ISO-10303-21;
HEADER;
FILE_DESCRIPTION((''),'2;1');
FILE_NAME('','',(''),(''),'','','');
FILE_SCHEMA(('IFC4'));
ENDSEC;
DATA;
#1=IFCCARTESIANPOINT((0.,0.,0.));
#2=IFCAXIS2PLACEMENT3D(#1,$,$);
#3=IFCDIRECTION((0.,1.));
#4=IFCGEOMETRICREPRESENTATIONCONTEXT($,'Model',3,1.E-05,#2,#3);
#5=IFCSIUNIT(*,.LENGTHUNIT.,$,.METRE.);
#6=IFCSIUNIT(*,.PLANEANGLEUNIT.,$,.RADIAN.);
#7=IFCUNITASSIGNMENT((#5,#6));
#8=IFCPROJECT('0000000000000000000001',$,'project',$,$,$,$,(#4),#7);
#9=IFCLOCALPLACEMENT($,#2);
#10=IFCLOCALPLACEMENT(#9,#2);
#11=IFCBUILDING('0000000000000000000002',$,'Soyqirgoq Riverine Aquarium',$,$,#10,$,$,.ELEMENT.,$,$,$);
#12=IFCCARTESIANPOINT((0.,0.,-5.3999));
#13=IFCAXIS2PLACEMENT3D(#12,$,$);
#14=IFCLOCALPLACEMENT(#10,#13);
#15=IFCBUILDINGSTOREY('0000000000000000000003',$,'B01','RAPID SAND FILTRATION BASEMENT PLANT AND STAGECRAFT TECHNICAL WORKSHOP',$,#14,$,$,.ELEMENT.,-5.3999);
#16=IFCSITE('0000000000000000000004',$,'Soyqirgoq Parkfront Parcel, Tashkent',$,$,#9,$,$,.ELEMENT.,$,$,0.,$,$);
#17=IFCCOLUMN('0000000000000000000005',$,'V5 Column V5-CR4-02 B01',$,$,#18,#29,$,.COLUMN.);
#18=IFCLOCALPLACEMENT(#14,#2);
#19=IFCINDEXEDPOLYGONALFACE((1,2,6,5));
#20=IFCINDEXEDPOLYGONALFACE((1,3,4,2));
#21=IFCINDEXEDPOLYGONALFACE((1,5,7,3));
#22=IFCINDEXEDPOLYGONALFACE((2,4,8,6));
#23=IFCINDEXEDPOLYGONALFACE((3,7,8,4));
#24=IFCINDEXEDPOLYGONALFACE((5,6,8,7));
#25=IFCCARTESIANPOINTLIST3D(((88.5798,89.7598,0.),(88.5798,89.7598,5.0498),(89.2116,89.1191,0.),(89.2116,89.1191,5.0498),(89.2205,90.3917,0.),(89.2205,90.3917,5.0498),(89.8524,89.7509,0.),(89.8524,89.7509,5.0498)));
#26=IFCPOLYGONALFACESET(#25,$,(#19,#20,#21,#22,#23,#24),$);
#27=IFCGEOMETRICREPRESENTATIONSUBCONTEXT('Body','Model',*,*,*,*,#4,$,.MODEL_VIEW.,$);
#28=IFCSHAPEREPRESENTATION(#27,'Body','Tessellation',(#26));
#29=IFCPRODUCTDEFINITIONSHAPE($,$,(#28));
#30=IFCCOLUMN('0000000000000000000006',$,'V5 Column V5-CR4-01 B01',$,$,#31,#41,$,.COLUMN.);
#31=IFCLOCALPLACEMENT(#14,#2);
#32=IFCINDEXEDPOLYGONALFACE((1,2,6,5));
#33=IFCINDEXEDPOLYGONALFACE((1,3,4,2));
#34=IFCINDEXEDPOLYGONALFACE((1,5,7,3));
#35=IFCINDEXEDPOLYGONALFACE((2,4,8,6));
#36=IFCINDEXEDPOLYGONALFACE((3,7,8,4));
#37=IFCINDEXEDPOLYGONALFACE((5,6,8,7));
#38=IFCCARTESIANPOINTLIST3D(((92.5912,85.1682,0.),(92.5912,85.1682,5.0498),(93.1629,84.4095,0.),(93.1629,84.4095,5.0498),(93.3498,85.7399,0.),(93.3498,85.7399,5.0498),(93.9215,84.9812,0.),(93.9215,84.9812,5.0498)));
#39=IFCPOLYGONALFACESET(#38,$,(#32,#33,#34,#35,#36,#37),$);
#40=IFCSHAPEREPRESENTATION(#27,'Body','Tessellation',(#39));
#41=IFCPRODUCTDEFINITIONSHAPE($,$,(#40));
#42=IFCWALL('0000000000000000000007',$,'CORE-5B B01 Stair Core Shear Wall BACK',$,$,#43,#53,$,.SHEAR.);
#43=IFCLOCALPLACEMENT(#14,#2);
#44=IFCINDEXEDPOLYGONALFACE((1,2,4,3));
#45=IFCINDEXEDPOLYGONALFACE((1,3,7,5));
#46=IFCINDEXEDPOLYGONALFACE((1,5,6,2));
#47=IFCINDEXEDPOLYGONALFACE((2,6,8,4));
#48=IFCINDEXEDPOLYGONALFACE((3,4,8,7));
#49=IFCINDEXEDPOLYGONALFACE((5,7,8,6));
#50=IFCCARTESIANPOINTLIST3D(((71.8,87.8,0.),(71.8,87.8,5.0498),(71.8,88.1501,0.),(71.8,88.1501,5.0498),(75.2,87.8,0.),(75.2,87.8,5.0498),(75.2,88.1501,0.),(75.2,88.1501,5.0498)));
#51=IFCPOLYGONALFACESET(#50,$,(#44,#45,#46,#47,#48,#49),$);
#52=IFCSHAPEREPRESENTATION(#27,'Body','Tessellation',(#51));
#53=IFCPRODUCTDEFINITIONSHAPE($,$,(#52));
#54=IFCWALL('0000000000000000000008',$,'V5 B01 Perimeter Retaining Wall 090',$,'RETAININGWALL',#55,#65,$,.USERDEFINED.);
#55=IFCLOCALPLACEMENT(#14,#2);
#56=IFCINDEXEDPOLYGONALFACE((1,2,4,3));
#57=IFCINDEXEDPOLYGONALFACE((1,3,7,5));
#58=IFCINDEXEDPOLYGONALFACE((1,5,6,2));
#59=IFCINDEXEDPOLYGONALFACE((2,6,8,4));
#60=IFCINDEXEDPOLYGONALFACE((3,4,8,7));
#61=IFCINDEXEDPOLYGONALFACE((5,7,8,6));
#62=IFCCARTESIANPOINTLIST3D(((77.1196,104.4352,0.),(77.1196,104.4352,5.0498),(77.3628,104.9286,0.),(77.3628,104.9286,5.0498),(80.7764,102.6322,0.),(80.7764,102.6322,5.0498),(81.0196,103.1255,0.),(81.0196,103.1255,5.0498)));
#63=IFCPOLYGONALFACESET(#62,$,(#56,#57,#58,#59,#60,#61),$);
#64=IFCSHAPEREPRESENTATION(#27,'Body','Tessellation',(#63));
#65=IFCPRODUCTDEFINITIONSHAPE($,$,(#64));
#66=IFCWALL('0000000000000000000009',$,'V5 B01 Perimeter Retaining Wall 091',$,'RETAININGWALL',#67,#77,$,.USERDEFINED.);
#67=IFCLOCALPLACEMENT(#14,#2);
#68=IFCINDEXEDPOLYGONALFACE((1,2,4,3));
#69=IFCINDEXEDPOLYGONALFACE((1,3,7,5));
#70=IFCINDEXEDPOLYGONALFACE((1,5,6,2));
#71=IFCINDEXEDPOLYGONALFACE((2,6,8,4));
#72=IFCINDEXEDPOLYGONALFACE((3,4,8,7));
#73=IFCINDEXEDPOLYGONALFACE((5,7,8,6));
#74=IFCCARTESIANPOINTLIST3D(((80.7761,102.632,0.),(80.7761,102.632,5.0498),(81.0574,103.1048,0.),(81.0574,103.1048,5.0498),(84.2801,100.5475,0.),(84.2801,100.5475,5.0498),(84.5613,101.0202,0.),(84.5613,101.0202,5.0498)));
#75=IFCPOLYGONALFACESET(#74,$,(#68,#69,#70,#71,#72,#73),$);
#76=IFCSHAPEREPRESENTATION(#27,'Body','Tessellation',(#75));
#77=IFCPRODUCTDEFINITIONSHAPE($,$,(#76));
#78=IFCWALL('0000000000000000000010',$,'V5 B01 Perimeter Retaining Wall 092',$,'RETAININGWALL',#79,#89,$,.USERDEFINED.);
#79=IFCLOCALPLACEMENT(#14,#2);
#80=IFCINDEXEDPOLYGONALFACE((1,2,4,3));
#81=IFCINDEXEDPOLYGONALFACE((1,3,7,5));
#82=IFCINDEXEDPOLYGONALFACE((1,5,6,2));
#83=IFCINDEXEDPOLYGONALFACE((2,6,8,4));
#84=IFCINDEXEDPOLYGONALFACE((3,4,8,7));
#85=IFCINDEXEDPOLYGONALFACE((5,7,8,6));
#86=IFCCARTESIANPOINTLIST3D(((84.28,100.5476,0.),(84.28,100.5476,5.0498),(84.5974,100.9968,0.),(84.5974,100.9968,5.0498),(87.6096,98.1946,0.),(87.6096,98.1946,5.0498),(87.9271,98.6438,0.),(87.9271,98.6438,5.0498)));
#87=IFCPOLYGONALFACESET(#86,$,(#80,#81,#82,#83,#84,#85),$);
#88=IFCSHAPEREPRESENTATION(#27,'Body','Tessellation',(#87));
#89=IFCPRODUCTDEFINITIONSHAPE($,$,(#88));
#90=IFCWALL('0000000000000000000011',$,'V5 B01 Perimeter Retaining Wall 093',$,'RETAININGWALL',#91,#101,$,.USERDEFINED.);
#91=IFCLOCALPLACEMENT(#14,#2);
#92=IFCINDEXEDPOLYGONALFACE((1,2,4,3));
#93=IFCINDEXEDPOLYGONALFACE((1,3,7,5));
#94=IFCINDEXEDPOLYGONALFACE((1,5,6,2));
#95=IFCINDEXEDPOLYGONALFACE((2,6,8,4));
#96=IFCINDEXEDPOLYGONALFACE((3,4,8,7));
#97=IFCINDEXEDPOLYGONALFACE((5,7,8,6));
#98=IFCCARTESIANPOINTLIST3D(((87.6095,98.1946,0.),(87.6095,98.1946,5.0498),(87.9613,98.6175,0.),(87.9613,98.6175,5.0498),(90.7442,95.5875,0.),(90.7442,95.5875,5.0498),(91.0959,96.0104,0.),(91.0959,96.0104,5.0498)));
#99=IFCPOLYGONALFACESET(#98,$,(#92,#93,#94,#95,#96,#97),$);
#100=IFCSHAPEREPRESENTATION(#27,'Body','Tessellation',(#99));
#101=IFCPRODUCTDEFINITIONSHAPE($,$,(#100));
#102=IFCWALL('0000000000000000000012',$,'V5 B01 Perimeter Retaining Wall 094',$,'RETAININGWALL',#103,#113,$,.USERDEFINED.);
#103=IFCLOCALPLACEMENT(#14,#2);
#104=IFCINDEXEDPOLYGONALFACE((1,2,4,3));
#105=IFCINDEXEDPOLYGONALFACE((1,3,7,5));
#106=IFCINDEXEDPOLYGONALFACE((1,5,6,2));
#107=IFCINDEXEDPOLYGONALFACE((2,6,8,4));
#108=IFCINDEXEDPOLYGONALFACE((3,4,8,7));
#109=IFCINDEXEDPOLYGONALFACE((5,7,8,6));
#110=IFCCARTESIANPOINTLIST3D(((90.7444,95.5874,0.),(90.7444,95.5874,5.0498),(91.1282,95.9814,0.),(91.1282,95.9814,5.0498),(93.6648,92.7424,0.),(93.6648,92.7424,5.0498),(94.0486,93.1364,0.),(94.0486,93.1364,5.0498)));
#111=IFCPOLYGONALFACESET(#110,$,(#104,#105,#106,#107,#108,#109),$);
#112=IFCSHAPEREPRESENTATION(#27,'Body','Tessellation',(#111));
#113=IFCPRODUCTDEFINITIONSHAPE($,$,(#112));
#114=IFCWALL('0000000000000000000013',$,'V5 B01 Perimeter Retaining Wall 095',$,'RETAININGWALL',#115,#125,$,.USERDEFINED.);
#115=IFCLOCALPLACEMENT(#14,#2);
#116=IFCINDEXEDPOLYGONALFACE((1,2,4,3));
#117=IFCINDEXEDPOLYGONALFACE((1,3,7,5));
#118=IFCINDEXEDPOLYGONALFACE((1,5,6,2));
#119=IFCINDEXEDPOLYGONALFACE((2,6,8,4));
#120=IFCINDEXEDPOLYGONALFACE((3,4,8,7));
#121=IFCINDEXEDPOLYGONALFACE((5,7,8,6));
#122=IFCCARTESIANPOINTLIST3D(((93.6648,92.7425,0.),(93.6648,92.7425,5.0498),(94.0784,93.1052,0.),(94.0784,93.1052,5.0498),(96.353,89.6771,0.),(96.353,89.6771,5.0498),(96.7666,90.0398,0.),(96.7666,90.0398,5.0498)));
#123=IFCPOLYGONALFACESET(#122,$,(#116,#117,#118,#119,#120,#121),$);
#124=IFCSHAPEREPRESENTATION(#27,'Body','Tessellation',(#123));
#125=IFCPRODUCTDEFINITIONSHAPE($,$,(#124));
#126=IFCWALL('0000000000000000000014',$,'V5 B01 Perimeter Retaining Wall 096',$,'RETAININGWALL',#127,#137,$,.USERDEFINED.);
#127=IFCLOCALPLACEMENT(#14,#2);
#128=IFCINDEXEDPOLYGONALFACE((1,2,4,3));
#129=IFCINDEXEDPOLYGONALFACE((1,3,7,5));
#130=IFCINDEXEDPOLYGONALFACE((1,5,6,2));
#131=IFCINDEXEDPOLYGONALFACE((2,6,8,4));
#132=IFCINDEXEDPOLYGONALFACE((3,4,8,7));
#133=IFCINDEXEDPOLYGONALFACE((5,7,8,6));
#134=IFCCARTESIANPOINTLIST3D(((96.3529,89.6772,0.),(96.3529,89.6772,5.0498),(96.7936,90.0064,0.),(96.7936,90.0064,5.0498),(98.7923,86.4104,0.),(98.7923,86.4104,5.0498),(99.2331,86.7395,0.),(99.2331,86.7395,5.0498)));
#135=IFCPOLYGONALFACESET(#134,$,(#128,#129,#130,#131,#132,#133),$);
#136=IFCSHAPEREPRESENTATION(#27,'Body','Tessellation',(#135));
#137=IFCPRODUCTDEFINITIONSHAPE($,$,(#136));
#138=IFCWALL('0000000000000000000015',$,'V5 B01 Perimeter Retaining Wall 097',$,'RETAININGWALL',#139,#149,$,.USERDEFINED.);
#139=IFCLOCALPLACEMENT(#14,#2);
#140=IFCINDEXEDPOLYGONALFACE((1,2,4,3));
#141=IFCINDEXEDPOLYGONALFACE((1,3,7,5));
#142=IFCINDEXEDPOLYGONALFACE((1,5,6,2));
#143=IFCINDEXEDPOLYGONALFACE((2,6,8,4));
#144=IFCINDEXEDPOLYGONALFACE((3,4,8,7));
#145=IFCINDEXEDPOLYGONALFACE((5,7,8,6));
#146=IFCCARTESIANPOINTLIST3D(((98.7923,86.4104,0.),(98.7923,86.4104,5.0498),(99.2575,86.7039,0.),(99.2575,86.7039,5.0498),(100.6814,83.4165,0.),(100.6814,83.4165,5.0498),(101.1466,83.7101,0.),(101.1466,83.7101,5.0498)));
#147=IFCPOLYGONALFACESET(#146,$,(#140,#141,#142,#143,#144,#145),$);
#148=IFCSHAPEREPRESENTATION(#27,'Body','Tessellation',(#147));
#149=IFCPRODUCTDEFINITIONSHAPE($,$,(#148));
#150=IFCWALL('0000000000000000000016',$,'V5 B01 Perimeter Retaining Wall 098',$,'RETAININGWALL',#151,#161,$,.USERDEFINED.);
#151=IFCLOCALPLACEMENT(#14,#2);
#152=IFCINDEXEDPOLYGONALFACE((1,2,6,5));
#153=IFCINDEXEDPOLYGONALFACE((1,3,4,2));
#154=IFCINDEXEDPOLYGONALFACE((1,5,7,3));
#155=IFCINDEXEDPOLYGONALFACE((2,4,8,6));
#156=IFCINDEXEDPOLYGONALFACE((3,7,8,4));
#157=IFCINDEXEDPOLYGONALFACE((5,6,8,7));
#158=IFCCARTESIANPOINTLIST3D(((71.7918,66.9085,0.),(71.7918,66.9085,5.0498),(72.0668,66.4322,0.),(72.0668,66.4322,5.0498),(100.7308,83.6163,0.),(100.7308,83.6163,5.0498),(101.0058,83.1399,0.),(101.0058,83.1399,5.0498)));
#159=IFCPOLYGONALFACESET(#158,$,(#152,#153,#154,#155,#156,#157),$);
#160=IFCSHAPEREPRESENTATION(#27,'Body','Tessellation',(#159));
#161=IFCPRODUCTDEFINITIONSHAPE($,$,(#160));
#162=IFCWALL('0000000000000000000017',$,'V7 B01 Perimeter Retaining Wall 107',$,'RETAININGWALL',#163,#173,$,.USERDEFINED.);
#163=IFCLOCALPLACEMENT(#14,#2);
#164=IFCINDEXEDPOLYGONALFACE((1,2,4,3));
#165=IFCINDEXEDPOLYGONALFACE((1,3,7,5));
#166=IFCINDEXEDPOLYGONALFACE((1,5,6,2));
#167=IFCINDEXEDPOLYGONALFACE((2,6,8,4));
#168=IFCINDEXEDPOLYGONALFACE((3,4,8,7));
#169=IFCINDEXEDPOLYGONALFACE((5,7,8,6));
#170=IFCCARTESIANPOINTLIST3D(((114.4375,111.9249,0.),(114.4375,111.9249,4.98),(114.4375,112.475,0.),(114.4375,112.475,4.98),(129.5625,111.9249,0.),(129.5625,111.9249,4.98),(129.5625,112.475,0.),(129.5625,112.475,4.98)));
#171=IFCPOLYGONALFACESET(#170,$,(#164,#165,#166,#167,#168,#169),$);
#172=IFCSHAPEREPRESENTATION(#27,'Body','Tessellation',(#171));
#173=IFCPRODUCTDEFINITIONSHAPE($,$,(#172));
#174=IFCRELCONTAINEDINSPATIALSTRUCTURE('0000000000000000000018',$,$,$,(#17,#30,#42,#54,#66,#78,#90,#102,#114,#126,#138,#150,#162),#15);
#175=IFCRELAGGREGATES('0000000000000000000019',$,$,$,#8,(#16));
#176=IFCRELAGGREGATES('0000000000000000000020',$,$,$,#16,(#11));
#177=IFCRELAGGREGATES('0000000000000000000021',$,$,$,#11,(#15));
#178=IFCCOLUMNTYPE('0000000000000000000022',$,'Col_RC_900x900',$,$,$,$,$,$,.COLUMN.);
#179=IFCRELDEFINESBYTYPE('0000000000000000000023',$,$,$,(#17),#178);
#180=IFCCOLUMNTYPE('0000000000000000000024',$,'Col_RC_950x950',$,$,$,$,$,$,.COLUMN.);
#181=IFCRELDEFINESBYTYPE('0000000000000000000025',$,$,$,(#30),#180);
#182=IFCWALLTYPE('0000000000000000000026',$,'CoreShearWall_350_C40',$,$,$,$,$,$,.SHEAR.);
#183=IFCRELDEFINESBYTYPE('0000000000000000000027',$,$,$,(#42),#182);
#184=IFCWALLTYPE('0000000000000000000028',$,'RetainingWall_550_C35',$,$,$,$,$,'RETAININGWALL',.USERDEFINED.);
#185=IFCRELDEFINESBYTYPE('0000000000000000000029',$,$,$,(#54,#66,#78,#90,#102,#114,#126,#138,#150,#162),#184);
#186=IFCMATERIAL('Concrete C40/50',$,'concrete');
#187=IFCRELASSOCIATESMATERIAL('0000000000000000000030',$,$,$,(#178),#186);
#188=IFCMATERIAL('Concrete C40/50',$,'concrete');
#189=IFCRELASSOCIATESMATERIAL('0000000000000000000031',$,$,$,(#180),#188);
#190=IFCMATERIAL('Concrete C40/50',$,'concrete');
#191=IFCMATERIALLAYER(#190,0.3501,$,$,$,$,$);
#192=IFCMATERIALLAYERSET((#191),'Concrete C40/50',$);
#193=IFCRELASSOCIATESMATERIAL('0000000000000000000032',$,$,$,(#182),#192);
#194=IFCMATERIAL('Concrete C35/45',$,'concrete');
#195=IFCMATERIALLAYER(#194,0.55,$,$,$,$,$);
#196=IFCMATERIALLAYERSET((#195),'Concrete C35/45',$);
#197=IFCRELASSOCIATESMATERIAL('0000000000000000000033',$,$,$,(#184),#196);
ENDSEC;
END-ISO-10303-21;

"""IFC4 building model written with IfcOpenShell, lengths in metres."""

from ifc_helpers import new_model, si_unit, direction, frame, frame_2d, origin, origin_2d, place, context, subcontext, project, spatial, rectangle, extrude, material, layer, layer_set, material_profile, profile_set, type_object, element, save


model = new_model("IFC4")

# Units and contexts
model_context = context("Model", 3, precision=1e-05, world=origin(), true_north=direction((0.0, 1.0)))
body_context = subcontext(model_context, "Body", "Model", "MODEL_VIEW")
ifc_project = project(units=[si_unit("LENGTHUNIT", "METRE"), si_unit("PLANEANGLEUNIT", "RADIAN")], contexts=[model_context])

# Site, building, storey
site_placement = place(None, origin())
site = spatial("IfcSite", under=ifc_project, at=site_placement, Name="Soyqirgoq Parkfront Parcel, Tashkent", CompositionType="ELEMENT", RefElevation=0.0)
building_placement = place(site_placement, origin())
building = spatial("IfcBuilding", under=site, at=building_placement, Name="Soyqirgoq Riverine Aquarium", CompositionType="ELEMENT")
storey_placement = place(building_placement, frame((0.0, 0.0, -5.3999)))
storey = spatial("IfcBuildingStorey", under=building, at=storey_placement, Name="B01", Description="RAPID SAND FILTRATION BASEMENT PLANT AND STAGECRAFT TECHNICAL WORKSHOP", CompositionType="ELEMENT", Elevation=-5.3999)

# Columns
ifc_material_1 = material(Name="Concrete C40/50", Category="concrete")
ifc_material_profile_1 = material_profile(ifc_material_1, rectangle(XDim=0.8999, YDim=0.8999, at=origin_2d()), Name="RC 900x900")
ifc_profile_set_1 = profile_set([ifc_material_profile_1], Name="Concrete C40/50")
column_type_1 = type_object("IfcColumnType", Name="Col_RC_900x900", PredefinedType="COLUMN", material=ifc_profile_set_1)
for number, where, z_axis, x_axis, name in (
    (1, (89.2161, 89.7554, 0.0), (0.0, 0.0, 1.0), (0.712026, 0.702153, 0.0), "V5 Column V5-CR4-02 B01"),
):
    element("IfcColumn", number, at=place(storey_placement, frame(where, z_axis=z_axis, x_axis=x_axis)), inside=storey, type_object=column_type_1, Name=name, PredefinedType="COLUMN", context=body_context, shape_type="SweptSolid", body=[
        extrude(rectangle(XDim=0.8999, YDim=0.8999, at=origin_2d()), origin(), (0.0, 0.0, 1.0), 5.0498),
    ])
ifc_material_2 = material(Name="Concrete C40/50", Category="concrete")
ifc_material_profile_2 = material_profile(ifc_material_2, rectangle(XDim=0.95, YDim=0.95, at=origin_2d()), Name="RC 950x950")
ifc_profile_set_2 = profile_set([ifc_material_profile_2], Name="Concrete C40/50")
column_type_2 = type_object("IfcColumnType", Name="Col_RC_950x950", PredefinedType="COLUMN", material=ifc_profile_set_2)
column_1_placement = place(storey_placement, frame((93.2563, 85.0747, 0.0), z_axis=(0.0, 0.0, 1.0), x_axis=(0.798636, 0.601815, 0.0)))
element("IfcColumn", 2, at=column_1_placement, inside=storey, type_object=column_type_2, Name="V5 Column V5-CR4-01 B01", PredefinedType="COLUMN", context=body_context, shape_type="SweptSolid", body=[
    extrude(rectangle(XDim=0.95, YDim=0.95, at=origin_2d()), origin(), (0.0, 0.0, 1.0), 5.0498),
])

# Walls
ifc_material_3 = material(Name="Concrete C40/50", Category="concrete")
ifc_layer_1 = layer(ifc_material_3, 0.3501)
ifc_layer_set_1 = layer_set([ifc_layer_1], Name="Concrete C40/50")
wall_type_1 = type_object("IfcWallType", Name="CoreShearWall_350_C40", PredefinedType="SHEAR", material=ifc_layer_set_1)
wall_1_placement = place(storey_placement, frame((75.2, 87.9751, 0.0), z_axis=(0.0, 0.0, 1.0), x_axis=(-1.0, 0.0, 0.0)))
element("IfcWall", 3, at=wall_1_placement, inside=storey, type_object=wall_type_1, Name="CORE-5B B01 Stair Core Shear Wall BACK", PredefinedType="SHEAR", context=body_context, shape_type="SweptSolid", body=[
    extrude(rectangle(XDim=3.3999, YDim=0.3501, at=frame_2d((1.7, 0.0))), origin(), (0.0, 0.0, 1.0), 5.0498),
])
ifc_material_4 = material(Name="Concrete C35/45", Category="concrete")
ifc_layer_2 = layer(ifc_material_4, 0.55)
ifc_layer_set_2 = layer_set([ifc_layer_2], Name="Concrete C35/45")
wall_type_2 = type_object("IfcWallType", Name="RetainingWall_550_C35", ElementType="RETAININGWALL", PredefinedType="USERDEFINED", material=ifc_layer_set_2)
for number, where, z_axis, x_axis, name in (
    (4, (77.2412, 104.6819, 0.0), (0.0, 0.0, 1.0), (0.896904, -0.442225, 0.0), "V5 B01 Perimeter Retaining Wall 090"),
    (5, (80.9167, 102.8684, 0.0), (0.0, 0.0, 1.0), (0.859421, -0.511269, 0.0), "V5 B01 Perimeter Retaining Wall 091"),
    (6, (84.4387, 100.7722, 0.0), (0.0, 0.0, 1.0), (0.816652, -0.57713, 0.0), "V5 B01 Perimeter Retaining Wall 092"),
    (7, (87.7854, 98.406, 0.0), (0.0, 0.0, 1.0), (0.768839, -0.639442, 0.0), "V5 B01 Perimeter Retaining Wall 093"),
    (8, (90.9363, 95.7844, 0.0), (0.0, 0.0, 1.0), (0.716298, -0.697795, 0.0), "V5 B01 Perimeter Retaining Wall 094"),
    (9, (93.8716, 92.9238, 0.0), (0.0, 0.0, 1.0), (0.659335, -0.751849, 0.0), "V5 B01 Perimeter Retaining Wall 095"),
    (10, (96.5732, 89.8418, 0.0), (0.0, 0.0, 1.0), (0.598322, -0.801256, 0.0), "V5 B01 Perimeter Retaining Wall 096"),
):
    element("IfcWall", number, at=place(storey_placement, frame(where, z_axis=z_axis, x_axis=x_axis)), inside=storey, type_object=wall_type_2, Name=name, ObjectType="RETAININGWALL", PredefinedType="USERDEFINED", context=body_context, shape_type="SweptSolid", body=[
        extrude(rectangle(XDim=4.0771, YDim=0.55, at=frame_2d((2.0386, 0.0))), origin(), (0.0, 0.0, 1.0), 5.0498),
    ])
wall_2_placement = place(storey_placement, frame((99.0249, 86.5571, 0.0), z_axis=(0.0, 0.0, 1.0), x_axis=(0.533645, -0.845708, 0.0)))
element("IfcWall", 11, at=wall_2_placement, inside=storey, type_object=wall_type_2, Name="V5 B01 Perimeter Retaining Wall 097", ObjectType="RETAININGWALL", PredefinedType="USERDEFINED", context=body_context, shape_type="SweptSolid", body=[
    extrude(rectangle(XDim=3.54, YDim=0.55, at=frame_2d((1.77, 0.0))), origin(), (0.0, 0.0, 1.0), 5.0498),
])
wall_3_placement = place(storey_placement, frame((100.8684, 83.3782, 0.0), z_axis=(0.0, 0.0, 1.0), x_axis=(-0.866027, -0.499997, 0.0)))
element("IfcWall", 12, at=wall_3_placement, inside=storey, type_object=wall_type_2, Name="V5 B01 Perimeter Retaining Wall 098", ObjectType="RETAININGWALL", PredefinedType="USERDEFINED", context=body_context, shape_type="SweptSolid", body=[
    extrude(rectangle(XDim=33.4158, YDim=0.55, at=frame_2d((16.708, 0.0))), origin(), (0.0, 0.0, 1.0), 5.0498),
])
wall_4_placement = place(storey_placement, frame((114.4375, 112.2, 0.0), z_axis=(0.0, 0.0, 1.0), x_axis=(1.0, 0.0, 0.0)))
element("IfcWall", 13, at=wall_4_placement, inside=storey, type_object=wall_type_2, Name="V7 B01 Perimeter Retaining Wall 107", ObjectType="RETAININGWALL", PredefinedType="USERDEFINED", context=body_context, shape_type="SweptSolid", body=[
    extrude(rectangle(XDim=15.125, YDim=0.55, at=frame_2d((7.5625, 0.0))), origin(), (0.0, 0.0, 1.0), 4.98),
])

save(model, "model.ifc")
